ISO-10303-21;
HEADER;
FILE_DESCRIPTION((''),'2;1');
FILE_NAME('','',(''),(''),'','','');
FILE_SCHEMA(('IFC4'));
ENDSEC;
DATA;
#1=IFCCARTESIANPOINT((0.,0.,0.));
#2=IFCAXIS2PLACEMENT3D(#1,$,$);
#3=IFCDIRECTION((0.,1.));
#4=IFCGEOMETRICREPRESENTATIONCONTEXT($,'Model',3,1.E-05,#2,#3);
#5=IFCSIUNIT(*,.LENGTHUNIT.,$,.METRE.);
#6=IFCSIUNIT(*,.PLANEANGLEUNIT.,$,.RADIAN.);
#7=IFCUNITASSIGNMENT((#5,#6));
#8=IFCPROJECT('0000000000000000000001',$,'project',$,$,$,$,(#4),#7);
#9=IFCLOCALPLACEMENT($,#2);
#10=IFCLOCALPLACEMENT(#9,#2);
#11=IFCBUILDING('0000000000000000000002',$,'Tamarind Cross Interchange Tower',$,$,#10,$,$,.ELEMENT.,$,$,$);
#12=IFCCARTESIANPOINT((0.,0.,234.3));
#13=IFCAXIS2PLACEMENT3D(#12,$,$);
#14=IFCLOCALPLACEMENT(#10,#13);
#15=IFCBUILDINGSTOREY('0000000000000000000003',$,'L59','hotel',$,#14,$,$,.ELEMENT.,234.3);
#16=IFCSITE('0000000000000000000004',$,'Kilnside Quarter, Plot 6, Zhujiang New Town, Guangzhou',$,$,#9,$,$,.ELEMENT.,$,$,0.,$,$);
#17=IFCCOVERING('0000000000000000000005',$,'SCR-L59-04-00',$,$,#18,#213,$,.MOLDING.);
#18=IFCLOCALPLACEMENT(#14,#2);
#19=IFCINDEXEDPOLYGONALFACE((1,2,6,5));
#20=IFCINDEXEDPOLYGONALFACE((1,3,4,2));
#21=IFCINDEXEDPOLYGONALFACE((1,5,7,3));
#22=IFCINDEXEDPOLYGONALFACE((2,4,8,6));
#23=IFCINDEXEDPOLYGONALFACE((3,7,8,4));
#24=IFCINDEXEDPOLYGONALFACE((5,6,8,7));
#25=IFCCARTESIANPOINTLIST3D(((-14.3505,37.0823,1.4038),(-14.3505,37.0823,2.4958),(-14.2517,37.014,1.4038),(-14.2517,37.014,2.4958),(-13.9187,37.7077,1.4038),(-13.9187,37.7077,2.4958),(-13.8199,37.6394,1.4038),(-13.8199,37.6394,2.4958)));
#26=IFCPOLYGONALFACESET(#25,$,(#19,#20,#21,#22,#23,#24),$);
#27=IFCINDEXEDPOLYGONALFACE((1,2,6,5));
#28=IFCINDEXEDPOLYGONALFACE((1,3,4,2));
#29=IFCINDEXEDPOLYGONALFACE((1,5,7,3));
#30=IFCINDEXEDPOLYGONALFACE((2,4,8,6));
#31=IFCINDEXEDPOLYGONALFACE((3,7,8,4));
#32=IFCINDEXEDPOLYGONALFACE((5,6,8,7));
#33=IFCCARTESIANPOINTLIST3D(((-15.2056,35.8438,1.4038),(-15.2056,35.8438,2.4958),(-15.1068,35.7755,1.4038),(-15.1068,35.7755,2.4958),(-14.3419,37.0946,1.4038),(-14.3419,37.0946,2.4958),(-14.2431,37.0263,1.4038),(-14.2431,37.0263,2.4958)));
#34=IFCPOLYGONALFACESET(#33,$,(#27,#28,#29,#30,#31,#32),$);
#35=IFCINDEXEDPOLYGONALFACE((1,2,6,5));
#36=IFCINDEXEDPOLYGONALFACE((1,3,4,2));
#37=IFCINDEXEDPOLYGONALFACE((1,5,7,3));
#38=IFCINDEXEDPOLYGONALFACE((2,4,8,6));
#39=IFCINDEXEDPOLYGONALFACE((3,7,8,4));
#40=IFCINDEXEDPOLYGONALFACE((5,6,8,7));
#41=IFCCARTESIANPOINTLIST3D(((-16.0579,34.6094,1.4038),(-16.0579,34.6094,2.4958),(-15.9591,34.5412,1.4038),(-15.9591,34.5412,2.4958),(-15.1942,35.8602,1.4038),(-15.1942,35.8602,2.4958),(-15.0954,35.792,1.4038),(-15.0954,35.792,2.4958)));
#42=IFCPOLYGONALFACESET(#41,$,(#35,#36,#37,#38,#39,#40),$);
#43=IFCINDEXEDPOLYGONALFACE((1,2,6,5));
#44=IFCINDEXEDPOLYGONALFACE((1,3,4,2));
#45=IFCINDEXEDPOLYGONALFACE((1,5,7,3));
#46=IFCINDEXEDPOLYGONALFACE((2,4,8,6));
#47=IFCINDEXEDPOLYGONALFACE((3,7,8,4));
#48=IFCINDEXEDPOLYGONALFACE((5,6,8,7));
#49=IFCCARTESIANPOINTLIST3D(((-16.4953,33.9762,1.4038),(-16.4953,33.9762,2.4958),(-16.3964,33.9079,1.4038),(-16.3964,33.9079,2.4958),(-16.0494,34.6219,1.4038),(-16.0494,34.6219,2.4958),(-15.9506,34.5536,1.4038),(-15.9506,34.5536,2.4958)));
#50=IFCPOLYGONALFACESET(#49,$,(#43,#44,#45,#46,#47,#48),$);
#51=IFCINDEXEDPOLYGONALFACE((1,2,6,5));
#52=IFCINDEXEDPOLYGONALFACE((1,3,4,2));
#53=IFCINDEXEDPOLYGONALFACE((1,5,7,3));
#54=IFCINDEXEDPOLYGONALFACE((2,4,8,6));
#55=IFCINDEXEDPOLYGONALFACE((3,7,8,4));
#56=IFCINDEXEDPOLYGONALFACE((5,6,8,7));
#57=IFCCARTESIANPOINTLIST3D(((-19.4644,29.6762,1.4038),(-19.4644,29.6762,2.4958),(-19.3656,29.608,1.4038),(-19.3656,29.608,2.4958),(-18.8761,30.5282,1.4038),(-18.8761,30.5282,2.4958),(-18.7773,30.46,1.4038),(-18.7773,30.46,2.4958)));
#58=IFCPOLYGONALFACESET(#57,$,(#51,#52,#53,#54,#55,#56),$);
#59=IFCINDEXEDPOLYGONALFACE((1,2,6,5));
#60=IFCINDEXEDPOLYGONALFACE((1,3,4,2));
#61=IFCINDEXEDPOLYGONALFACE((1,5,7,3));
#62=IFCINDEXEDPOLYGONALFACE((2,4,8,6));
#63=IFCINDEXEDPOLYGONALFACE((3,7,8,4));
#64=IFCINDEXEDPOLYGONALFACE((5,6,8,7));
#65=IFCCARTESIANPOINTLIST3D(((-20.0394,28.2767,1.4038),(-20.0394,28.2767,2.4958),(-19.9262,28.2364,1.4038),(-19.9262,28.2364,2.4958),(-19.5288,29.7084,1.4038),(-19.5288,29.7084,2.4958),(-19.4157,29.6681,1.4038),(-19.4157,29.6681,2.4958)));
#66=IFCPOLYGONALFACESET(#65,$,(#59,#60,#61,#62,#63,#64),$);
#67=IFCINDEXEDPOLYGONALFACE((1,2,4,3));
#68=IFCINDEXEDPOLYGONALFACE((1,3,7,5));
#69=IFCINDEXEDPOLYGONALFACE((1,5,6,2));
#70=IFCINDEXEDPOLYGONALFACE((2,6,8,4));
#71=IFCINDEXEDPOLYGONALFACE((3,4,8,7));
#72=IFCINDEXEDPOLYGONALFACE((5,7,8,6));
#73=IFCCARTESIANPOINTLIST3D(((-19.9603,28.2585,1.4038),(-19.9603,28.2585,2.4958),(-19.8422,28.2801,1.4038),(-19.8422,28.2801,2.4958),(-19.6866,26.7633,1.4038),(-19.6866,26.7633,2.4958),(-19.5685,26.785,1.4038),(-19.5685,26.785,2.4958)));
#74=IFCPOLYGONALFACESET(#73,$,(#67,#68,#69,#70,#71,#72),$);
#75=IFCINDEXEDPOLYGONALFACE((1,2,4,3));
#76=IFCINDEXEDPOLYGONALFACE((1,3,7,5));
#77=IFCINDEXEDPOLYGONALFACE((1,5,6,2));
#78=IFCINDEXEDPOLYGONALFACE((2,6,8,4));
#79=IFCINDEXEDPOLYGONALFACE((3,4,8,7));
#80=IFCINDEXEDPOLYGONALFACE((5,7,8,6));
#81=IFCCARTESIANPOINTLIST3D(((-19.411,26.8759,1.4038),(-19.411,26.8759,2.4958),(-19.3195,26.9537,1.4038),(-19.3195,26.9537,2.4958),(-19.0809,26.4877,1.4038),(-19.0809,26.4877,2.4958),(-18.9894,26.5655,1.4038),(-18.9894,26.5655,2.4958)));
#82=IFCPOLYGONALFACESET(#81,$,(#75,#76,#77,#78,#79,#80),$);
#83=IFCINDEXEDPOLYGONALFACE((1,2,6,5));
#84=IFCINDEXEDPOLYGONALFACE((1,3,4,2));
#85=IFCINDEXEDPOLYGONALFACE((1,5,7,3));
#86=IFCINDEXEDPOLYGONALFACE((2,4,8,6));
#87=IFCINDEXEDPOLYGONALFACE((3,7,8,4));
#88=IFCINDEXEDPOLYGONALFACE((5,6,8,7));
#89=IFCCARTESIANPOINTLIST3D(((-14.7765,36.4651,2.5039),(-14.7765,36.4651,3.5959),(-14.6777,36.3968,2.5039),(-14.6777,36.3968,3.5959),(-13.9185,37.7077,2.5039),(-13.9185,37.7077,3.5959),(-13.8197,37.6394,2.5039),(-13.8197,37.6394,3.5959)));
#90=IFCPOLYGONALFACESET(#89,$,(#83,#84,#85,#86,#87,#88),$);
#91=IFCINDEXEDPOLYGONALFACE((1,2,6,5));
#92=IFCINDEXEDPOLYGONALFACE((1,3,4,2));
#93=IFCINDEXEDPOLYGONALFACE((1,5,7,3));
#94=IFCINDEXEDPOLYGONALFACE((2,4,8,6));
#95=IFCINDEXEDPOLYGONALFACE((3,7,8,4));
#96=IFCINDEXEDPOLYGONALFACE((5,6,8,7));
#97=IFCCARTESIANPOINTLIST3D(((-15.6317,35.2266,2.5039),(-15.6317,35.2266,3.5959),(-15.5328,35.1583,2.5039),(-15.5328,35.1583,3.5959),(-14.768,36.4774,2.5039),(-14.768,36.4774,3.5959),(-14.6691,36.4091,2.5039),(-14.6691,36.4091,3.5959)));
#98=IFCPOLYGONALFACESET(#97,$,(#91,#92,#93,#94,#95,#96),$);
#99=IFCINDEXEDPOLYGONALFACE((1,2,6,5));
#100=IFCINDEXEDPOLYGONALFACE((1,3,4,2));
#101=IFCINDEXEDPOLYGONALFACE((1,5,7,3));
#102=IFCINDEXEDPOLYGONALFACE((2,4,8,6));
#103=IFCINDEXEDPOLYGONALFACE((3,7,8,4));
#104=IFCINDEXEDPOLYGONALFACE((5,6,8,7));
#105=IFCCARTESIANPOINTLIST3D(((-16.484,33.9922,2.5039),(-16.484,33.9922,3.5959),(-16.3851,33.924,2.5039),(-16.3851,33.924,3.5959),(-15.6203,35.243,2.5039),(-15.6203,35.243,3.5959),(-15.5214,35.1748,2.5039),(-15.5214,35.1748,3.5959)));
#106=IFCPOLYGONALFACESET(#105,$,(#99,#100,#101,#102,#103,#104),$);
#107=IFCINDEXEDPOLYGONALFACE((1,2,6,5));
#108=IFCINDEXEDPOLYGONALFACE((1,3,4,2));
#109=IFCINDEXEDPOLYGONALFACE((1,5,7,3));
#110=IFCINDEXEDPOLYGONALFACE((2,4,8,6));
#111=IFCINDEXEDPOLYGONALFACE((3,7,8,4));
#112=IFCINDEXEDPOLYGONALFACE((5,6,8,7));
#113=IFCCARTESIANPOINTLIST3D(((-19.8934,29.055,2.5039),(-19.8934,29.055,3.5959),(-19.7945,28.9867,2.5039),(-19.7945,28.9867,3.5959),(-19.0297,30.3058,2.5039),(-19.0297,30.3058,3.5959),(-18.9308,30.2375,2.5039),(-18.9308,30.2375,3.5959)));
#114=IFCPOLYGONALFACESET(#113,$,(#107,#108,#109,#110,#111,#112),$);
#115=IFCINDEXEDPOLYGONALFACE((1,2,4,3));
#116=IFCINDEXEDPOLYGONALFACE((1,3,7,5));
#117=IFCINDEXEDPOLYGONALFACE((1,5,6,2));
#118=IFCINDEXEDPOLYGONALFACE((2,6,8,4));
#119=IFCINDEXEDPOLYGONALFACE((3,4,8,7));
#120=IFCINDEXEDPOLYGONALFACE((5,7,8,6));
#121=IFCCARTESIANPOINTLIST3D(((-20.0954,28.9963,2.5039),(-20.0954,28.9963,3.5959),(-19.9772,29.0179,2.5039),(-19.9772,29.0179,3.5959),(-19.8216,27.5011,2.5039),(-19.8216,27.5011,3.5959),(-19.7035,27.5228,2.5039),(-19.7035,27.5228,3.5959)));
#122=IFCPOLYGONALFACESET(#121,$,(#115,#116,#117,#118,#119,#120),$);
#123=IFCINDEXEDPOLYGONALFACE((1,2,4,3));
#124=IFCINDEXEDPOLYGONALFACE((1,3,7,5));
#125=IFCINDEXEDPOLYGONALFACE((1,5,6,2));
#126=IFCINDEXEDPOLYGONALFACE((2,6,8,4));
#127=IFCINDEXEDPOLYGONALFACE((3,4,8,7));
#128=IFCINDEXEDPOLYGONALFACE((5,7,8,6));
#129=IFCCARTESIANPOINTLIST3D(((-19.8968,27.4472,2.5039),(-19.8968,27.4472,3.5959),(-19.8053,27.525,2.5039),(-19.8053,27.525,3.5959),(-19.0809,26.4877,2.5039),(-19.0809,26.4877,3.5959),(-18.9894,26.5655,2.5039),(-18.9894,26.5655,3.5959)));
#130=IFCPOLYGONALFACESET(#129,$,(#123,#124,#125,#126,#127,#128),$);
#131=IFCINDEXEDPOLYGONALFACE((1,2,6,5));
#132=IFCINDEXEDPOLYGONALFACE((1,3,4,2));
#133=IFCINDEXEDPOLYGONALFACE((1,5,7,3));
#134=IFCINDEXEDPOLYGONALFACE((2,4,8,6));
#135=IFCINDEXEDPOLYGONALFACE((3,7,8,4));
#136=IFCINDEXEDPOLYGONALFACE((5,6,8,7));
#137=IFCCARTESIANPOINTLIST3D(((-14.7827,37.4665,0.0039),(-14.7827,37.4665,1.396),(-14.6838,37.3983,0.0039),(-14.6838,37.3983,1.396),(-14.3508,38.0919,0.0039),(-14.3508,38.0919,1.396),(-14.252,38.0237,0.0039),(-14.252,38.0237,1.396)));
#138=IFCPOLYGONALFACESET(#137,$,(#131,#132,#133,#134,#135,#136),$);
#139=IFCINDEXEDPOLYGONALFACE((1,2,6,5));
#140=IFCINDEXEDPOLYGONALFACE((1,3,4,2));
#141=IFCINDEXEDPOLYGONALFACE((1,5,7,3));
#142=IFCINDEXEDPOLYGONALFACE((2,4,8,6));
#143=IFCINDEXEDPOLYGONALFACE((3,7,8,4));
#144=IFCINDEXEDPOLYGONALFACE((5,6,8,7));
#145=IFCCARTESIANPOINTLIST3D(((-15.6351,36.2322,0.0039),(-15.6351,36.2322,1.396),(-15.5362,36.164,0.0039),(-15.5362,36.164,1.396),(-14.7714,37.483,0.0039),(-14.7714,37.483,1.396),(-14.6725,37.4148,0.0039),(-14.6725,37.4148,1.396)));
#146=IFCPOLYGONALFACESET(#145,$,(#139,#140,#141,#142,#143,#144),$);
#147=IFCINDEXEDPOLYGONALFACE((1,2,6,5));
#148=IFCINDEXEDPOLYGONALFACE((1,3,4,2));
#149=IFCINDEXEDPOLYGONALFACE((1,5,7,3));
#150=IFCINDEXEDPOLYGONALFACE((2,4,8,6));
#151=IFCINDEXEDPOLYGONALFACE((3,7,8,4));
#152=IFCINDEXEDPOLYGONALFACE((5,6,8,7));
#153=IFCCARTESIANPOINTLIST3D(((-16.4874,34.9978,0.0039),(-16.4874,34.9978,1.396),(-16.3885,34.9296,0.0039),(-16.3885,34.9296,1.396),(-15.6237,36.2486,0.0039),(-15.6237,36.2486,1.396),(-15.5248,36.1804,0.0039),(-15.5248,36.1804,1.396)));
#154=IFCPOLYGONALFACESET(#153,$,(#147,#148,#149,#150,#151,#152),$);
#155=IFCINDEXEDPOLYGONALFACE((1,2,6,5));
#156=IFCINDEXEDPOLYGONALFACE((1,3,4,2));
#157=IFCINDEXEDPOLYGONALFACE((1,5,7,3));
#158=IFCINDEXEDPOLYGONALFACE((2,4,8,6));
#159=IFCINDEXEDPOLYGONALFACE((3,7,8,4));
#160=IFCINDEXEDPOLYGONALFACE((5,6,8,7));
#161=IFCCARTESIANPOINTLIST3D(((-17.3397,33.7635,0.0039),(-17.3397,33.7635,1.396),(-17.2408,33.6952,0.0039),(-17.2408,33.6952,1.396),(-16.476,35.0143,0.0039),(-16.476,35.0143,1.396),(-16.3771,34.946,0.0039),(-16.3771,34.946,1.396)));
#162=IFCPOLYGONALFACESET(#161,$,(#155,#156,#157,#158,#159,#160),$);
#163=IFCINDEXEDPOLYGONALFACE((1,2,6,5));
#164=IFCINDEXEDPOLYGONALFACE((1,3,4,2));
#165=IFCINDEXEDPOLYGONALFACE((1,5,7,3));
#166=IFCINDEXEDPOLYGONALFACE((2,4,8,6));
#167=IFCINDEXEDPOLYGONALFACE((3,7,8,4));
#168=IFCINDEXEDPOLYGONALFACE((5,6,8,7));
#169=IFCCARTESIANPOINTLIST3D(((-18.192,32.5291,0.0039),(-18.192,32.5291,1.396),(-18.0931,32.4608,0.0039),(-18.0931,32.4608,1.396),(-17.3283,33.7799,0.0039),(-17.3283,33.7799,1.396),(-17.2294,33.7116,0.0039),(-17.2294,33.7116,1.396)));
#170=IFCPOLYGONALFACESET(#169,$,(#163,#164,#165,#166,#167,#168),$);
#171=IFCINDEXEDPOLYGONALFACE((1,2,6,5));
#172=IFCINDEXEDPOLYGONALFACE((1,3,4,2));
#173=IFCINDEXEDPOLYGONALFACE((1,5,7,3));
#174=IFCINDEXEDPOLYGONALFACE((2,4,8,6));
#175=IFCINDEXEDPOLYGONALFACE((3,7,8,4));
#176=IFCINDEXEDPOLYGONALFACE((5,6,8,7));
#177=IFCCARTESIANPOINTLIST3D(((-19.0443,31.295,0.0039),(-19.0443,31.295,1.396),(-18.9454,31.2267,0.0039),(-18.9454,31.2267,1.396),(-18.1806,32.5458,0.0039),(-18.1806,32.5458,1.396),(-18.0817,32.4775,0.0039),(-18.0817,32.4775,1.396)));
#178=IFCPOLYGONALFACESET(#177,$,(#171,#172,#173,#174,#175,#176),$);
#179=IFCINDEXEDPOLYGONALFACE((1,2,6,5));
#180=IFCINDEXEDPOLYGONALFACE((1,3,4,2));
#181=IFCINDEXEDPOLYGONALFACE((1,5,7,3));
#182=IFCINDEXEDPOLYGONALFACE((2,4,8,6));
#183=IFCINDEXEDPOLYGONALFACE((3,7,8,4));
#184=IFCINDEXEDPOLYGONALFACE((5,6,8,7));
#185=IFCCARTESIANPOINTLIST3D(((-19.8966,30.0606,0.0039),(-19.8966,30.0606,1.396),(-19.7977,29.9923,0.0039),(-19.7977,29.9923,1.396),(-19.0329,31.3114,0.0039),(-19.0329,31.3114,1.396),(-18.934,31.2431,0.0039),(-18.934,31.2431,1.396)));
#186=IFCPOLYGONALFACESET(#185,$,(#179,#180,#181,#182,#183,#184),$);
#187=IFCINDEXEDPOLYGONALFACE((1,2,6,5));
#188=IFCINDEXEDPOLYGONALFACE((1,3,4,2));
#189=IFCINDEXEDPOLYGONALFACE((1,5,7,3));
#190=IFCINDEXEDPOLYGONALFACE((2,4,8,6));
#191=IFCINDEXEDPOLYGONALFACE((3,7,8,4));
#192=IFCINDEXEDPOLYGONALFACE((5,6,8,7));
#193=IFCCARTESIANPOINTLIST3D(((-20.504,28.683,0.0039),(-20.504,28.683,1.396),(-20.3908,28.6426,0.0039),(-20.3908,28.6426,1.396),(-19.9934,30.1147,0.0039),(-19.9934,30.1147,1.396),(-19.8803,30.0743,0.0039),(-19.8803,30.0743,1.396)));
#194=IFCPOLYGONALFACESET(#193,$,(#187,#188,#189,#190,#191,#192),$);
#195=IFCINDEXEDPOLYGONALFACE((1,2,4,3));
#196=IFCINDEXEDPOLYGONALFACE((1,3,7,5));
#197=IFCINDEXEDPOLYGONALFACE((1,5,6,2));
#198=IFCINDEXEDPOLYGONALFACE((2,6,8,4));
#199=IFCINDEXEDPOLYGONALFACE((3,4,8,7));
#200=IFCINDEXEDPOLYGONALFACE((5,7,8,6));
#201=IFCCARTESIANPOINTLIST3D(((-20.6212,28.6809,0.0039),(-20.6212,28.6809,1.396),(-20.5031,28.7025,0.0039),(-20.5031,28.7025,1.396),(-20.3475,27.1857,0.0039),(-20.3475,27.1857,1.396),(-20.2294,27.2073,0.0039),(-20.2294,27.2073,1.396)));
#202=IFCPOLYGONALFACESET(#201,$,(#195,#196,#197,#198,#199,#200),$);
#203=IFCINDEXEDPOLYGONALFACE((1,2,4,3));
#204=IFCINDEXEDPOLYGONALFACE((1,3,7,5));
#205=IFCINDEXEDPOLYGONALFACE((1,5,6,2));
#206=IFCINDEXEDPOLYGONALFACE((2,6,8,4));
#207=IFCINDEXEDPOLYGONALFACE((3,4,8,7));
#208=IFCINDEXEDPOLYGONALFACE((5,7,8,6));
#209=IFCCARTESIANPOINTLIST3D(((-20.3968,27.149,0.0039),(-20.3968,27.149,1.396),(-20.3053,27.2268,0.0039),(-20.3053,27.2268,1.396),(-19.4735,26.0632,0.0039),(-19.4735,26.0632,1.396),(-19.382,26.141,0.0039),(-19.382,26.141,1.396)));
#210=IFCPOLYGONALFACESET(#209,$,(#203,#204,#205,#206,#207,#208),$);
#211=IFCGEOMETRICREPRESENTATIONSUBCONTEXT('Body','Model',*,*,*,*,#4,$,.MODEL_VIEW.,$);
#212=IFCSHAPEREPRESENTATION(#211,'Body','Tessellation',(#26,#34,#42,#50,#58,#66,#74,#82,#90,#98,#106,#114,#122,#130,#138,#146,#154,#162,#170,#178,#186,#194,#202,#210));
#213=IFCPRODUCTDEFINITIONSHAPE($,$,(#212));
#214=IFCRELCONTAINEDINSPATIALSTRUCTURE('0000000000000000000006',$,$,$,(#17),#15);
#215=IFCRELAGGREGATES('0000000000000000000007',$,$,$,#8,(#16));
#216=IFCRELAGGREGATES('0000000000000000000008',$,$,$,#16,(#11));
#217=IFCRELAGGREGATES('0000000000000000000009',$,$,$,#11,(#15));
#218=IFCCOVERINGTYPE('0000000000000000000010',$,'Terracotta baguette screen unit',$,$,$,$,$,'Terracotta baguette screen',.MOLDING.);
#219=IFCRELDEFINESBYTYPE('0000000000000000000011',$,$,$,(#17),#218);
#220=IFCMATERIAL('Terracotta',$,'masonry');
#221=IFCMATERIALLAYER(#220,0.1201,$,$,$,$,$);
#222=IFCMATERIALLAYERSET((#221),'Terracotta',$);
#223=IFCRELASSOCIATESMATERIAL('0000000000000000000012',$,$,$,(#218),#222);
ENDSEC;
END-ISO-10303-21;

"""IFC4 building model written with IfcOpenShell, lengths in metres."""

from ifc_helpers import new_model, si_unit, direction, frame, origin, origin_2d, place, context, subcontext, project, spatial, rectangle, extrude, material, layer, layer_set, type_object, element, save


model = new_model("IFC4")

# Units and contexts
model_context = context("Model", 3, precision=1e-05, world=origin(), true_north=direction((0.0, 1.0)))
body_context = subcontext(model_context, "Body", "Model", "MODEL_VIEW")
ifc_project = project(units=[si_unit("LENGTHUNIT", "METRE"), si_unit("PLANEANGLEUNIT", "RADIAN")], contexts=[model_context])

# Site, building, storey
site_placement = place(None, origin())
site = spatial("IfcSite", under=ifc_project, at=site_placement, Name="Kilnside Quarter, Plot 6, Zhujiang New Town, Guangzhou", CompositionType="ELEMENT", RefElevation=0.0)
building_placement = place(site_placement, origin())
building = spatial("IfcBuilding", under=site, at=building_placement, Name="Tamarind Cross Interchange Tower", CompositionType="ELEMENT")
storey_placement = place(building_placement, frame((0.0, 0.0, 234.3)))
storey = spatial("IfcBuildingStorey", under=building, at=storey_placement, Name="L59", Description="hotel", CompositionType="ELEMENT", Elevation=234.3)

# Covering
ifc_material_1 = material(Name="Terracotta", Category="masonry")
ifc_layer_1 = layer(ifc_material_1, 0.1201)
ifc_layer_set_1 = layer_set([ifc_layer_1], Name="Terracotta")
covering_type = type_object("IfcCoveringType", Name="Terracotta baguette screen unit", ElementType="Terracotta baguette screen", PredefinedType="MOLDING", material=ifc_layer_set_1)
covering_1_placement = place(storey_placement, origin())
element("IfcCovering", 1, at=covering_1_placement, inside=storey, type_object=covering_type, Name="SCR-L59-04-00", PredefinedType="MOLDING", context=body_context, shape_type="SweptSolid", body=[
    extrude(rectangle(XDim=0.76, YDim=0.1201, at=origin_2d()), frame((-14.0852, 37.3608, 1.4038), z_axis=(0.0, 0.0, 1.0), x_axis=(-0.568211, -0.822883, 0.0)), (0.0, 0.0, 1.0), 1.092),
    extrude(rectangle(XDim=1.52, YDim=0.1201, at=origin_2d()), frame((-14.7244, 36.4351, 1.4038), z_axis=(0.0, 0.0, 1.0), x_axis=(-0.568211, -0.822883, 0.0)), (0.0, 0.0, 1.0), 1.092),
    extrude(rectangle(XDim=1.52, YDim=0.1201, at=origin_2d()), frame((-15.5767, 35.2007, 1.4038), z_axis=(0.0, 0.0, 1.0), x_axis=(-0.568211, -0.822883, 0.0)), (0.0, 0.0, 1.0), 1.092),
    extrude(rectangle(XDim=0.7847, YDim=0.1201, at=origin_2d()), frame((-16.2229, 34.2649, 1.4038), z_axis=(0.0, 0.0, 1.0), x_axis=(-0.568211, -0.822883, 0.0)), (0.0, 0.0, 1.0), 1.092),
    extrude(rectangle(XDim=1.0354, YDim=0.1201, at=origin_2d()), frame((-19.1208, 30.0681, 1.4038), z_axis=(0.0, 0.0, 1.0), x_axis=(-0.568211, -0.822883, 0.0)), (0.0, 0.0, 1.0), 1.092),
    extrude(rectangle(XDim=1.52, YDim=0.1201, at=origin_2d()), frame((-19.7275, 28.9724, 1.4038), z_axis=(0.0, 0.0, 1.0), x_axis=(-0.335872, -0.941907, 0.0)), (0.0, 0.0, 1.0), 1.092),
    extrude(rectangle(XDim=1.52, YDim=0.1201, at=origin_2d()), frame((-19.7644, 27.5217, 1.4038), z_axis=(0.0, 0.0, 1.0), x_axis=(0.18008, -0.983652, 0.0)), (0.0, 0.0, 1.0), 1.092),
    extrude(rectangle(XDim=0.5095, YDim=0.1201, at=origin_2d()), frame((-19.2002, 26.7207, 1.4038), z_axis=(0.0, 0.0, 1.0), x_axis=(0.64778, -0.761828, 0.0)), (0.0, 0.0, 1.0), 1.092),
    extrude(rectangle(XDim=1.51, YDim=0.1201, at=origin_2d()), frame((-14.2981, 37.0522, 2.5039), z_axis=(0.0, 0.0, 1.0), x_axis=(-0.568211, -0.822883, 0.0)), (0.0, 0.0, 1.0), 1.092),
    extrude(rectangle(XDim=1.52, YDim=0.1201, at=origin_2d()), frame((-15.1504, 35.8179, 2.5039), z_axis=(0.0, 0.0, 1.0), x_axis=(-0.568211, -0.822883, 0.0)), (0.0, 0.0, 1.0), 1.092),
    extrude(rectangle(XDim=1.52, YDim=0.1201, at=origin_2d()), frame((-16.0027, 34.5835, 2.5039), z_axis=(0.0, 0.0, 1.0), x_axis=(-0.568211, -0.822883, 0.0)), (0.0, 0.0, 1.0), 1.092),
    extrude(rectangle(XDim=1.52, YDim=0.1201, at=origin_2d()), frame((-19.4121, 29.6462, 2.5039), z_axis=(0.0, 0.0, 1.0), x_axis=(-0.568211, -0.822883, 0.0)), (0.0, 0.0, 1.0), 1.092),
    extrude(rectangle(XDim=1.52, YDim=0.1201, at=origin_2d()), frame((-19.8994, 28.2595, 2.5039), z_axis=(0.0, 0.0, 1.0), x_axis=(0.18008, -0.983652, 0.0)), (0.0, 0.0, 1.0), 1.092),
    extrude(rectangle(XDim=1.2595, YDim=0.1201, at=origin_2d()), frame((-19.4431, 27.0063, 2.5039), z_axis=(0.0, 0.0, 1.0), x_axis=(0.64778, -0.761828, 0.0)), (0.0, 0.0, 1.0), 1.092),
    extrude(rectangle(XDim=0.76, YDim=0.1201, at=origin_2d()), frame((-14.5173, 37.7451, 0.0039), z_axis=(0.0, 0.0, 1.0), x_axis=(-0.568211, -0.822883, 0.0)), (0.0, 0.0, 1.0), 1.3921),
    extrude(rectangle(XDim=1.52, YDim=0.1201, at=origin_2d()), frame((-15.1538, 36.8235, 0.0039), z_axis=(0.0, 0.0, 1.0), x_axis=(-0.568211, -0.822883, 0.0)), (0.0, 0.0, 1.0), 1.3921),
    extrude(rectangle(XDim=1.52, YDim=0.1201, at=origin_2d()), frame((-16.0061, 35.5891, 0.0039), z_axis=(0.0, 0.0, 1.0), x_axis=(-0.568211, -0.822883, 0.0)), (0.0, 0.0, 1.0), 1.3921),
    extrude(rectangle(XDim=1.52, YDim=0.1201, at=origin_2d()), frame((-16.8584, 34.3547, 0.0039), z_axis=(0.0, 0.0, 1.0), x_axis=(-0.568211, -0.822883, 0.0)), (0.0, 0.0, 1.0), 1.3921),
    extrude(rectangle(XDim=1.52, YDim=0.1201, at=origin_2d()), frame((-17.7107, 33.1204, 0.0039), z_axis=(0.0, 0.0, 1.0), x_axis=(-0.568211, -0.822883, 0.0)), (0.0, 0.0, 1.0), 1.3921),
    extrude(rectangle(XDim=1.52, YDim=0.1201, at=origin_2d()), frame((-18.563, 31.8862, 0.0039), z_axis=(0.0, 0.0, 1.0), x_axis=(-0.568211, -0.822883, 0.0)), (0.0, 0.0, 1.0), 1.3921),
    extrude(rectangle(XDim=1.52, YDim=0.1201, at=origin_2d()), frame((-19.4153, 30.6519, 0.0039), z_axis=(0.0, 0.0, 1.0), x_axis=(-0.568211, -0.822883, 0.0)), (0.0, 0.0, 1.0), 1.3921),
    extrude(rectangle(XDim=1.52, YDim=0.1201, at=origin_2d()), frame((-20.1921, 29.3787, 0.0039), z_axis=(0.0, 0.0, 1.0), x_axis=(-0.335872, -0.941907, 0.0)), (0.0, 0.0, 1.0), 1.3921),
    extrude(rectangle(XDim=1.52, YDim=0.1201, at=origin_2d()), frame((-20.4253, 27.9441, 0.0039), z_axis=(0.0, 0.0, 1.0), x_axis=(0.18008, -0.983652, 0.0)), (0.0, 0.0, 1.0), 1.3921),
    extrude(rectangle(XDim=1.4253, YDim=0.1201, at=origin_2d()), frame((-19.8894, 26.645, 0.0039), z_axis=(0.0, 0.0, 1.0), x_axis=(0.64778, -0.761828, 0.0)), (0.0, 0.0, 1.0), 1.3921),
])

save(model, "model.ifc")
